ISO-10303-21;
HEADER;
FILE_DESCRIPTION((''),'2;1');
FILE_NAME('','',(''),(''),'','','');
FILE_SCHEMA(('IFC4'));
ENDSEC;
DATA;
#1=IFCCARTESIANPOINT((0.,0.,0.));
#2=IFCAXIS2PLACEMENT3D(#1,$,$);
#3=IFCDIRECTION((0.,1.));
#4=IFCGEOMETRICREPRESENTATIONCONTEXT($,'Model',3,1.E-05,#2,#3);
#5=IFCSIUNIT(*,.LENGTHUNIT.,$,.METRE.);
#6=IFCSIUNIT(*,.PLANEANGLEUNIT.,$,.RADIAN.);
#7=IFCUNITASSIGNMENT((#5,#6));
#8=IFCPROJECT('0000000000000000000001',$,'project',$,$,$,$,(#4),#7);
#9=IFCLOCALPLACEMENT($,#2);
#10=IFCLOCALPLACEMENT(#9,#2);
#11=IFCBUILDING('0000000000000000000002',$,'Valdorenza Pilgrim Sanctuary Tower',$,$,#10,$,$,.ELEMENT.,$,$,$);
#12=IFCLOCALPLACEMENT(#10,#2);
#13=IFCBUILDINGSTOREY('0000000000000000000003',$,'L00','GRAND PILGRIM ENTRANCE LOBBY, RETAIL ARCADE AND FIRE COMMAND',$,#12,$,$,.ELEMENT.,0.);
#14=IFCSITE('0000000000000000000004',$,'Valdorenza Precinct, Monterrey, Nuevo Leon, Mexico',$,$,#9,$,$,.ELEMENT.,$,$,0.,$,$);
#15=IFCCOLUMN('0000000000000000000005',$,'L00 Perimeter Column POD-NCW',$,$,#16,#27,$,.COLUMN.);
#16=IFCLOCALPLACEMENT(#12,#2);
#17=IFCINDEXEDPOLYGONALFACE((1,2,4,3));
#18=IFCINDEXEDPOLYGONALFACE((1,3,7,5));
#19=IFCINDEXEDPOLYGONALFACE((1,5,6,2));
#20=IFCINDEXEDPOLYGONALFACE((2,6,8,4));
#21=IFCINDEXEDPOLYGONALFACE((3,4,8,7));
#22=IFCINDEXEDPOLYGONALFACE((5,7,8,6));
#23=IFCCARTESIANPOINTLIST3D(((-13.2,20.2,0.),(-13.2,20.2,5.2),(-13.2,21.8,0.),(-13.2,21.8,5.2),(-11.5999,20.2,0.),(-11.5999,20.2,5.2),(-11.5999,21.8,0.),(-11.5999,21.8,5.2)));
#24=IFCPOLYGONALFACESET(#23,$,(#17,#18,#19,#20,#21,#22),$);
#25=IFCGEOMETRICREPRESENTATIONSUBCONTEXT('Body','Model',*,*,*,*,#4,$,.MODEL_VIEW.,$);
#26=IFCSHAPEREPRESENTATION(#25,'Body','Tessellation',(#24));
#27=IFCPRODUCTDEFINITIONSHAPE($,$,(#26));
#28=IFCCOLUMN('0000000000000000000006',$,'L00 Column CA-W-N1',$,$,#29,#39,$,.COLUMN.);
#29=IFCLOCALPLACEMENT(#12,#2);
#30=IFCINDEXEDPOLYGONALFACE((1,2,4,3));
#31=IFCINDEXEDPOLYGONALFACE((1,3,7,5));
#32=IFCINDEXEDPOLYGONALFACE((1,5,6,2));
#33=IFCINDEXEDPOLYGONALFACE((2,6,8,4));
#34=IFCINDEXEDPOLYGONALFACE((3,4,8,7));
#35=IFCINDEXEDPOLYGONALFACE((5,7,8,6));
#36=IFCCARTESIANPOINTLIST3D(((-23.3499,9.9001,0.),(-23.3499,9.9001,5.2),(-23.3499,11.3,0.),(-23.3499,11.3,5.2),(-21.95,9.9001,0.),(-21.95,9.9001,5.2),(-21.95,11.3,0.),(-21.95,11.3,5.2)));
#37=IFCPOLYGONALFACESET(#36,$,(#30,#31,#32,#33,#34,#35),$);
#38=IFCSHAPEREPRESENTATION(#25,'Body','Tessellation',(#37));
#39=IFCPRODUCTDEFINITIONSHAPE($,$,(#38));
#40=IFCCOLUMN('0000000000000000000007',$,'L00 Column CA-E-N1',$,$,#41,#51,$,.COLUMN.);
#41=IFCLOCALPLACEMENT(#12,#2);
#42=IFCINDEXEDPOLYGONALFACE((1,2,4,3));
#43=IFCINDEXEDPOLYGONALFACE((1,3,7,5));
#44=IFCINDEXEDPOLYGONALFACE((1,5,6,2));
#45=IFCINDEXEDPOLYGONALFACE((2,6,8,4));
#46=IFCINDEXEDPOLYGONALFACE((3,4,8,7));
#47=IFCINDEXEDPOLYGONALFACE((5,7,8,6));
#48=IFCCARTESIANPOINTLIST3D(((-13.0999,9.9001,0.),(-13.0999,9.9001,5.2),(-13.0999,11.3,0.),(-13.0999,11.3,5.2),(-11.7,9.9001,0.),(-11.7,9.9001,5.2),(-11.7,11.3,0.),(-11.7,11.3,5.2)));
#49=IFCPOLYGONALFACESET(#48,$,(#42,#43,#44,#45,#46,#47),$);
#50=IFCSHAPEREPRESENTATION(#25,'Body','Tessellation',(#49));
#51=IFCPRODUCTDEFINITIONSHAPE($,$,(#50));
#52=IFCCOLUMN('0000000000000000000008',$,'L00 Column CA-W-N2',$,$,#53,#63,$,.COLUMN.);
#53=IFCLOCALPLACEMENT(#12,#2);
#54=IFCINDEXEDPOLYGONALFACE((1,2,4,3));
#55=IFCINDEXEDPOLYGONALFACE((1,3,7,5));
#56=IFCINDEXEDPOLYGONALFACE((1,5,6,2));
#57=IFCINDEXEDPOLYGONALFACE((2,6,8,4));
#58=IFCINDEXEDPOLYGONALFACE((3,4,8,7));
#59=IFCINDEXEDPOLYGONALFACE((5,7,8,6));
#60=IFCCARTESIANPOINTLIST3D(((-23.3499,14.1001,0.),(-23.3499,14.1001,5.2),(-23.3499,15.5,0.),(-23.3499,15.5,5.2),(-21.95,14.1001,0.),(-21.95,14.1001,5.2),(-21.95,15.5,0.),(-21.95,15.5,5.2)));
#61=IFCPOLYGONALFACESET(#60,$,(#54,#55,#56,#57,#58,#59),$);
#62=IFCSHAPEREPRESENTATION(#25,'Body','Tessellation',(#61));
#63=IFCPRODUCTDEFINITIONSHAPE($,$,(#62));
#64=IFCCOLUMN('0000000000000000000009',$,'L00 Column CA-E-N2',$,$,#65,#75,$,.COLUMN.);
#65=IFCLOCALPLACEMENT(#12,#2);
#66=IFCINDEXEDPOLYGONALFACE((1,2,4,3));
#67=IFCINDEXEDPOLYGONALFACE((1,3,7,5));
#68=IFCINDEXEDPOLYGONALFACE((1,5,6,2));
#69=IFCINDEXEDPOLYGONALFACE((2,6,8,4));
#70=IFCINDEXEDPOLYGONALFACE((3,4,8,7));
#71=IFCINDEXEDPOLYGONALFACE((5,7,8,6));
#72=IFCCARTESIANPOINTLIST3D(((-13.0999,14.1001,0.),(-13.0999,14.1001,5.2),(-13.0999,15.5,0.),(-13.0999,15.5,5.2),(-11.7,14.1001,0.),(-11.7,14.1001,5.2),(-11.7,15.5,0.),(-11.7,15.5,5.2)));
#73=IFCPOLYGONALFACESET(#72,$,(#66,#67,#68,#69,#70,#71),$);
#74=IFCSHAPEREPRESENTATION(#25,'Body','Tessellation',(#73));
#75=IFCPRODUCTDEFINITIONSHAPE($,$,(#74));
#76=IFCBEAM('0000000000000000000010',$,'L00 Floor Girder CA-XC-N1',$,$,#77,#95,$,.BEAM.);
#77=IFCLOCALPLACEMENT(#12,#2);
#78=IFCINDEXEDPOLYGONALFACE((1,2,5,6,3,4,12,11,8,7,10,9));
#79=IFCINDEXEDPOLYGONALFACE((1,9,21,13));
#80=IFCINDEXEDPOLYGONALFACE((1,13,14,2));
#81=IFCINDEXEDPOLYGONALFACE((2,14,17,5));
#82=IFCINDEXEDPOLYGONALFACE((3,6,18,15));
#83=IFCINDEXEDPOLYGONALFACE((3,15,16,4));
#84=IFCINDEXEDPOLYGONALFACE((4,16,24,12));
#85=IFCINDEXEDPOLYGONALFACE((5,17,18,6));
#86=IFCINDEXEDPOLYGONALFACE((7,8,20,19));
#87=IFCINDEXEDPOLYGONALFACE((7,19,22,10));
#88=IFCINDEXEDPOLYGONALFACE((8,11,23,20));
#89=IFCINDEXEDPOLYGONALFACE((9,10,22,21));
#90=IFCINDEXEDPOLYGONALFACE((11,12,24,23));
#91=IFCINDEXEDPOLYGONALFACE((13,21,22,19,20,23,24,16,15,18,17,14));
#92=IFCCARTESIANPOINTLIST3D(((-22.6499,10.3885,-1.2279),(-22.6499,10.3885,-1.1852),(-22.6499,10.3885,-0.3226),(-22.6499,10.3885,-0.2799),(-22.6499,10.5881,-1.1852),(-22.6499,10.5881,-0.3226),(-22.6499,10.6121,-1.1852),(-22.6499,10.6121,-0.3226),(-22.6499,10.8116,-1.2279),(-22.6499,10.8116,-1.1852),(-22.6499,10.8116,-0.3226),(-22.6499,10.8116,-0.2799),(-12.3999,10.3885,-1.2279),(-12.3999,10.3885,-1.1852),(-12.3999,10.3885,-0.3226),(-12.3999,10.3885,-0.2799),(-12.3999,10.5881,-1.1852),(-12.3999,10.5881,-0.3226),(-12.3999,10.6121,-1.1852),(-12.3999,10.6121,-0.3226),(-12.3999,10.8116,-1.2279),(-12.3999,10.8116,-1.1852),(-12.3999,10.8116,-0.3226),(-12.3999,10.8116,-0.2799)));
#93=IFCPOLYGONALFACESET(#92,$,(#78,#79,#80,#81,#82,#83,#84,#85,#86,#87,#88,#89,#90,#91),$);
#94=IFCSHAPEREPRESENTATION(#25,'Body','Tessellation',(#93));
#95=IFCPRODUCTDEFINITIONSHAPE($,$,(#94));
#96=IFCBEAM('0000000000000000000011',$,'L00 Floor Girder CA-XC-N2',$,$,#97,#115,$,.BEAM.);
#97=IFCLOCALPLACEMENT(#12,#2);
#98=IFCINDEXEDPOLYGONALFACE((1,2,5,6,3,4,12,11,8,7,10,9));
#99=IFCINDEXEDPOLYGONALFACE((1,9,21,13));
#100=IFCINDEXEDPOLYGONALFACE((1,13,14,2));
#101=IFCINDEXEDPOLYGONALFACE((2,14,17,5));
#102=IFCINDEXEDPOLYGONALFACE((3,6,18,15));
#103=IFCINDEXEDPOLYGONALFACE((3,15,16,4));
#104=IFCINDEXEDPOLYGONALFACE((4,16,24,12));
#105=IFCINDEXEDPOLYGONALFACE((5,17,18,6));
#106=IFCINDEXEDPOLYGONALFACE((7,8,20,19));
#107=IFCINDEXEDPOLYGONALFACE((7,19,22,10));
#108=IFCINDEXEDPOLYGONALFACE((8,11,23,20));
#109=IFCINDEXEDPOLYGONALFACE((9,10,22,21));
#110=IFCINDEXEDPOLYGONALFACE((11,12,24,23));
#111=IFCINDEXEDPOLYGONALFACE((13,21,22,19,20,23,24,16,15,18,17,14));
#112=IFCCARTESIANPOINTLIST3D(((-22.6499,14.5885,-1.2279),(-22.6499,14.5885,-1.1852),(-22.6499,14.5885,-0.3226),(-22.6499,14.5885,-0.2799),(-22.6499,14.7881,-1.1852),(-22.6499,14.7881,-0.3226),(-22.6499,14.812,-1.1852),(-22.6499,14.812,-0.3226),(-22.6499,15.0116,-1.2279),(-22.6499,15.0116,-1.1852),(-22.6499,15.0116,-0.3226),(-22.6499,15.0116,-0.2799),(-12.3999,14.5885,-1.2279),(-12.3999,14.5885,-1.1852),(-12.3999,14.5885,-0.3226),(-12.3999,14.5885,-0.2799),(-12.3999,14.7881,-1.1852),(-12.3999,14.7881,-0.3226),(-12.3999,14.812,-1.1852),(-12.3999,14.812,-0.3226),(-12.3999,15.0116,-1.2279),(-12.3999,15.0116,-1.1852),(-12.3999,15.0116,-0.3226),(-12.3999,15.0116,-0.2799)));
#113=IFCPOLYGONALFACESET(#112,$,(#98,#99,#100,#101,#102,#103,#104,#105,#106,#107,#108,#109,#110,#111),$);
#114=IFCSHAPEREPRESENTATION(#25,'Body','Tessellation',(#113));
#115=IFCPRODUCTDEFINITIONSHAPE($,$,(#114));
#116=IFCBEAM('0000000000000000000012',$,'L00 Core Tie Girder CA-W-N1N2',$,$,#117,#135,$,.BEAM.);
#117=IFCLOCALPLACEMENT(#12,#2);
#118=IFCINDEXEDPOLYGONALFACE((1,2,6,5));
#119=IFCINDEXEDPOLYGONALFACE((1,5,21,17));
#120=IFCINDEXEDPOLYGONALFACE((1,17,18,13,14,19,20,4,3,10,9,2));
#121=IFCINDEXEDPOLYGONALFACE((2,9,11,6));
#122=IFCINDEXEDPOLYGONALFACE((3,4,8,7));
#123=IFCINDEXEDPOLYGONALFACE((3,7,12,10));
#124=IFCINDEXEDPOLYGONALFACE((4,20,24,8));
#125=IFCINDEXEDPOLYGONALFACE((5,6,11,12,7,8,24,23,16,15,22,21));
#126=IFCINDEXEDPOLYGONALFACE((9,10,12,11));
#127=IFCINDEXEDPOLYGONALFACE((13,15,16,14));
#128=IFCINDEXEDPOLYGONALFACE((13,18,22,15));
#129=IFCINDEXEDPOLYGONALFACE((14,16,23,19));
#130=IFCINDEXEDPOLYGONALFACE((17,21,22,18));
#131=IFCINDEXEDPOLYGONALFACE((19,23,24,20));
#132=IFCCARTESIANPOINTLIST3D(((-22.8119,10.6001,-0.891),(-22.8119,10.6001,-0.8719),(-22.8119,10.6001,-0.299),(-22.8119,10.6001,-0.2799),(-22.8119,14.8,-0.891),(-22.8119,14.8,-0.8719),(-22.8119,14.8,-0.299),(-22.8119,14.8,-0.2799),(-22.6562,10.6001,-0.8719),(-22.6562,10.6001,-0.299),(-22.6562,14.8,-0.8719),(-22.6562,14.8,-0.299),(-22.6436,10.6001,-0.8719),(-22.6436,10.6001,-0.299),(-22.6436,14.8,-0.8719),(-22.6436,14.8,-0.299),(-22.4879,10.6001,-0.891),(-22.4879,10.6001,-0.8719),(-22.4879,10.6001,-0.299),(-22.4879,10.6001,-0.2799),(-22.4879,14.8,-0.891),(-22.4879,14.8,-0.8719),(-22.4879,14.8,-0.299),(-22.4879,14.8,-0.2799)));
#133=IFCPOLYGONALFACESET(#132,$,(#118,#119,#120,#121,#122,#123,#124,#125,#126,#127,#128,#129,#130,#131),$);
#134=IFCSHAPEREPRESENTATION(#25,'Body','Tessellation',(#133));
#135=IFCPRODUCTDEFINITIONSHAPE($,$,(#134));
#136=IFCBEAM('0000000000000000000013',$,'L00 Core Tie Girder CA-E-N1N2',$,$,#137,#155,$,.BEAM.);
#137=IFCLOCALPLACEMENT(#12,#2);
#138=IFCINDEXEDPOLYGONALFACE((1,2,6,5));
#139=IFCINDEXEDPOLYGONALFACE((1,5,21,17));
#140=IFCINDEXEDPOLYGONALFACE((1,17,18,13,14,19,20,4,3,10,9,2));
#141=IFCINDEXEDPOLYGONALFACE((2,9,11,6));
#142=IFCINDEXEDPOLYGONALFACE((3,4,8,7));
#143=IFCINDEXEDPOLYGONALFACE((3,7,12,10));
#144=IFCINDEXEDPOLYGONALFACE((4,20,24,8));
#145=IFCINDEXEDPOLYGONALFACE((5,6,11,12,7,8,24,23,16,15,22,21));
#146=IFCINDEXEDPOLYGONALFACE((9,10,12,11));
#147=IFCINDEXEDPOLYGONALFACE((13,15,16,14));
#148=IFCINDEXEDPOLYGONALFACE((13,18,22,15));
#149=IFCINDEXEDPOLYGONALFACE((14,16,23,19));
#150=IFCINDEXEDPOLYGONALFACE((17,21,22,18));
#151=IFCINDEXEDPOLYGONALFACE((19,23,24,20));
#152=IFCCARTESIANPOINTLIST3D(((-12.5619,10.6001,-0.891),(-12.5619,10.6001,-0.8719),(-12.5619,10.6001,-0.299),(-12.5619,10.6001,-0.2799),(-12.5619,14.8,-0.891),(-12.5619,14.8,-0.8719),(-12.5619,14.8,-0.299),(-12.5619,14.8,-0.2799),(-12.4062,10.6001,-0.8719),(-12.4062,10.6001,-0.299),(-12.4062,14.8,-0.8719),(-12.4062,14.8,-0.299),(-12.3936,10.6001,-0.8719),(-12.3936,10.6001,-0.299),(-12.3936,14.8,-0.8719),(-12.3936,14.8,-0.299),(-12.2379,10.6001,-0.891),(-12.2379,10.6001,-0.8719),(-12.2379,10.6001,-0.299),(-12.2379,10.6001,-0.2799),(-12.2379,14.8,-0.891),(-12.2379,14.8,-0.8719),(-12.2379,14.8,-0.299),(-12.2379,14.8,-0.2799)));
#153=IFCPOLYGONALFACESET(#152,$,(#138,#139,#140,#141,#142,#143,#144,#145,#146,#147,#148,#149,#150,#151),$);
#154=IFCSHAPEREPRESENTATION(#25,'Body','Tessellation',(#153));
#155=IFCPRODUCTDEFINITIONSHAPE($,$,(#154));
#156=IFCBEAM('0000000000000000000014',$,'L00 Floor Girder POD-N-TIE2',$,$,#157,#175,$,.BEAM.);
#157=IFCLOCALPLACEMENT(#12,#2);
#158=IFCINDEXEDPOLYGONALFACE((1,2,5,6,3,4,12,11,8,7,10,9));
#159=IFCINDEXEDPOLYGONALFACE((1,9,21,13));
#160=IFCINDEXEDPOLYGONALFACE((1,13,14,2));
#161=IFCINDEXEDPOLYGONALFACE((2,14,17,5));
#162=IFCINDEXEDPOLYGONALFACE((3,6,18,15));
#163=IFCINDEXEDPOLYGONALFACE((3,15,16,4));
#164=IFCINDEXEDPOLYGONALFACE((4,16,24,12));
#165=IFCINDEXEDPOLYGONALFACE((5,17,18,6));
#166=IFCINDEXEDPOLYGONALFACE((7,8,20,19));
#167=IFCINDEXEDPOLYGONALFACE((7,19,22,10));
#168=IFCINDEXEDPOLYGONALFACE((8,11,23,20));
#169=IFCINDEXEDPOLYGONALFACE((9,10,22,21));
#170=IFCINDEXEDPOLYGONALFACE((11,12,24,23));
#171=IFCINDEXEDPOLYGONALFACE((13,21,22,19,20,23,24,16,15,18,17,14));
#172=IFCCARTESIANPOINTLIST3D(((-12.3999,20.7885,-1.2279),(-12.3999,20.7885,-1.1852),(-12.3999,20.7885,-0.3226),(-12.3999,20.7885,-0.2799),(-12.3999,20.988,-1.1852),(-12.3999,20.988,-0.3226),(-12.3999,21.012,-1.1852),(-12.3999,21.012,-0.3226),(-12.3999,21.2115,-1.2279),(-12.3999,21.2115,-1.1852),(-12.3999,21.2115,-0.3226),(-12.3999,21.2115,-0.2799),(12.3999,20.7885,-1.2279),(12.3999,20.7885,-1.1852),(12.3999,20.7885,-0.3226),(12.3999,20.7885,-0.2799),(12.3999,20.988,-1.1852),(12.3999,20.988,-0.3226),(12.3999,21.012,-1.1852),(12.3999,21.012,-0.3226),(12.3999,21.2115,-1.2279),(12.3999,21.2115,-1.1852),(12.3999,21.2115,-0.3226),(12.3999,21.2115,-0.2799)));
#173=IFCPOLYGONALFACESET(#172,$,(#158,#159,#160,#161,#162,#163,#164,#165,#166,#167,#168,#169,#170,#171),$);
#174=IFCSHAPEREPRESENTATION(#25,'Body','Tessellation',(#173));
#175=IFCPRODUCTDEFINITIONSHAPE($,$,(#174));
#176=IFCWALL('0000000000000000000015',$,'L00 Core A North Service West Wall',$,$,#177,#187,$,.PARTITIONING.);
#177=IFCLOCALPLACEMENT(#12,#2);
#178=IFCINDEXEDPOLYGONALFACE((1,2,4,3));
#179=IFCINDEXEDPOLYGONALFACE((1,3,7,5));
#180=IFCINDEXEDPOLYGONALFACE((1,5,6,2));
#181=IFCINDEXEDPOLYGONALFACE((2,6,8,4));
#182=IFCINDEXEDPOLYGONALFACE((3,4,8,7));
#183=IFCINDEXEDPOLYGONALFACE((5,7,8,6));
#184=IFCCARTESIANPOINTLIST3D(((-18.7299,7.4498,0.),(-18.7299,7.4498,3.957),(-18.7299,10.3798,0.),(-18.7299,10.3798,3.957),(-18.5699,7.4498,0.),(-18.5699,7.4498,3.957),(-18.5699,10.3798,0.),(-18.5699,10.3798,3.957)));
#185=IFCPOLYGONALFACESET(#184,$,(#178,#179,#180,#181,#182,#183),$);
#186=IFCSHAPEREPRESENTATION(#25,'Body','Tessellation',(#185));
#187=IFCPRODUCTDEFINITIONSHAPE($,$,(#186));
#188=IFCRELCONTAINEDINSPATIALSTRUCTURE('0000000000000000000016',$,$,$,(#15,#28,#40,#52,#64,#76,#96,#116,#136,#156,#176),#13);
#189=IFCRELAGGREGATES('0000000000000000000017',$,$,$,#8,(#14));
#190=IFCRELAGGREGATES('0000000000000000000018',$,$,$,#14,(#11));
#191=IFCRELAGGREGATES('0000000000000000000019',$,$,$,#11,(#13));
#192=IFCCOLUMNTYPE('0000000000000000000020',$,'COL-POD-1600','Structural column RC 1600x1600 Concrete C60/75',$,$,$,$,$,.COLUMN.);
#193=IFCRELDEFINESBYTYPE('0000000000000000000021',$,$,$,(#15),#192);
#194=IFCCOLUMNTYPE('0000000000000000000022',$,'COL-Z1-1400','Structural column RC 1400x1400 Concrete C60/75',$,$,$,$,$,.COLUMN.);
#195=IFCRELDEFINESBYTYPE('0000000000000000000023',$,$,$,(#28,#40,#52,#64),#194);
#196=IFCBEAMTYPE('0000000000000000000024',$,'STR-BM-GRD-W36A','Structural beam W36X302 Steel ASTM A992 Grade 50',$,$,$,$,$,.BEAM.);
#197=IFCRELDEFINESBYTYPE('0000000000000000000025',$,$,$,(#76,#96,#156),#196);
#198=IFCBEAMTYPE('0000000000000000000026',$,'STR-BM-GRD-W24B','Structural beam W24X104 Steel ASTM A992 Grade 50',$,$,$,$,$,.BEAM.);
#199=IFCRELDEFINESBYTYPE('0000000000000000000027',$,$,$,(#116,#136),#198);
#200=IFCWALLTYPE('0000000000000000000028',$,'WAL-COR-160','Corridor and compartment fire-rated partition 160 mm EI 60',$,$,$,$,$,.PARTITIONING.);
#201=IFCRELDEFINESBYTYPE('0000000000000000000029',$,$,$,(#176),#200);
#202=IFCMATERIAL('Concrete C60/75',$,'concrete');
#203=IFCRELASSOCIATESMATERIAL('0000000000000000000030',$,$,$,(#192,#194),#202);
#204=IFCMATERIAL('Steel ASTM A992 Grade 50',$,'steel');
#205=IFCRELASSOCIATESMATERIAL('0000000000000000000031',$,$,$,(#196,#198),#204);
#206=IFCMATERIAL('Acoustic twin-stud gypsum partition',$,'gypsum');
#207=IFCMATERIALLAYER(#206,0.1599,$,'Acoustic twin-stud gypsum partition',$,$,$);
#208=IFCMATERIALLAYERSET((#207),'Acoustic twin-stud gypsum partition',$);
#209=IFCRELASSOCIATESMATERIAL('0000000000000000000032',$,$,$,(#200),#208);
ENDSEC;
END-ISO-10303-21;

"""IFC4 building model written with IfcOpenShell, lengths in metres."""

from ifc_helpers import new_model, si_unit, direction, frame, frame_2d, origin, origin_2d, place, context, subcontext, project, spatial, rectangle, i_section, extrude, source, transform, mapped, material, layer, layer_set, material_profile, profile_set, type_object, element, save


model = new_model("IFC4")

# Units and contexts
model_context = context("Model", 3, precision=1e-05, world=origin(), true_north=direction((0.0, 1.0)))
body_context = subcontext(model_context, "Body", "Model", "MODEL_VIEW")
ifc_project = project(units=[si_unit("LENGTHUNIT", "METRE"), si_unit("PLANEANGLEUNIT", "RADIAN")], contexts=[model_context])

# Site, building, storey
site_placement = place(None, origin())
site = spatial("IfcSite", under=ifc_project, at=site_placement, Name="Valdorenza Precinct, Monterrey, Nuevo Leon, Mexico", CompositionType="ELEMENT", RefElevation=0.0)
building_placement = place(site_placement, origin())
building = spatial("IfcBuilding", under=site, at=building_placement, Name="Valdorenza Pilgrim Sanctuary Tower", CompositionType="ELEMENT")
storey_placement = place(building_placement, origin())
storey = spatial("IfcBuildingStorey", under=building, at=storey_placement, Name="L00", Description="GRAND PILGRIM ENTRANCE LOBBY, RETAIL ARCADE AND FIRE COMMAND", CompositionType="ELEMENT", Elevation=0.0)

# Columns
ifc_material_1 = material(Name="Concrete C60/75", Category="concrete")
ifc_material_profile_1 = material_profile(ifc_material_1, rectangle(XDim=1.6001, YDim=1.6001, at=origin_2d()), Name="RC 1600x1600")
ifc_profile_set_1 = profile_set([ifc_material_profile_1], Name="Concrete C60/75")
column_type_1 = type_object("IfcColumnType", Name="COL-POD-1600", Description="Structural column RC 1600x1600 Concrete C60/75", PredefinedType="COLUMN", material=ifc_profile_set_1)
shared_shape_1 = source(origin(), body_context, "Body", "SweptSolid", [
    extrude(rectangle(XDim=1.6001, YDim=1.6001, at=origin_2d()), origin(), (0.0, 0.0, 1.0), 5.2),
])
column_placement = place(storey_placement, frame((-12.3999, 21.0, 0.0), z_axis=(0.0, 0.0, 1.0), x_axis=(1.0, 0.0, 0.0)))
element("IfcColumn", 1, at=column_placement, inside=storey, type_object=column_type_1, Name="L00 Perimeter Column POD-NCW", PredefinedType="COLUMN", context=body_context, shape_type="MappedRepresentation", body=[
    mapped(shared_shape_1, transform((0.0, 0.0, 0.0), x_axis=(1.0, 0.0, 0.0), y_axis=(0.0, 1.0, 0.0), z_axis=(0.0, 0.0, 1.0), scale=1.0)),
])
ifc_material_profile_2 = material_profile(ifc_material_1, rectangle(XDim=1.3999, YDim=1.3999, at=origin_2d()), Name="RC 1400x1400")
ifc_profile_set_2 = profile_set([ifc_material_profile_2], Name="Concrete C60/75")
column_type_2 = type_object("IfcColumnType", Name="COL-Z1-1400", Description="Structural column RC 1400x1400 Concrete C60/75", PredefinedType="COLUMN", material=ifc_profile_set_2)
shared_shape_2 = source(origin(), body_context, "Body", "SweptSolid", [
    extrude(rectangle(XDim=1.3999, YDim=1.3999, at=origin_2d()), origin(), (0.0, 0.0, 1.0), 5.2),
])
for number, where, z_axis, x_axis, name in (
    (2, (-22.6499, 10.6001, 0.0), (0.0, 0.0, 1.0), (1.0, 0.0, 0.0), "L00 Column CA-W-N1"),
    (3, (-12.3999, 10.6001, 0.0), (0.0, 0.0, 1.0), (1.0, 0.0, 0.0), "L00 Column CA-E-N1"),
    (4, (-22.6499, 14.8, 0.0), (0.0, 0.0, 1.0), (1.0, 0.0, 0.0), "L00 Column CA-W-N2"),
    (5, (-12.3999, 14.8, 0.0), (0.0, 0.0, 1.0), (1.0, 0.0, 0.0), "L00 Column CA-E-N2"),
):
    element("IfcColumn", number, at=place(storey_placement, frame(where, z_axis=z_axis, x_axis=x_axis)), inside=storey, type_object=column_type_2, Name=name, PredefinedType="COLUMN", context=body_context, shape_type="MappedRepresentation", body=[
        mapped(shared_shape_2, transform((0.0, 0.0, 0.0), x_axis=(1.0, 0.0, 0.0), y_axis=(0.0, 1.0, 0.0), z_axis=(0.0, 0.0, 1.0), scale=1.0)),
    ])

# Beams
ifc_material_2 = material(Name="Steel ASTM A992 Grade 50", Category="steel")
ifc_material_profile_3 = material_profile(ifc_material_2, i_section(OverallWidth=0.4231, OverallDepth=0.948, WebThickness=0.0239, FlangeThickness=0.0427, at=origin_2d()), Name="W36X302")
ifc_profile_set_3 = profile_set([ifc_material_profile_3], Name="Steel ASTM A992 Grade 50")
beam_type_1 = type_object("IfcBeamType", Name="STR-BM-GRD-W36A", Description="Structural beam W36X302 Steel ASTM A992 Grade 50", PredefinedType="BEAM", material=ifc_profile_set_3)
shared_shape_3 = source(origin(), body_context, "Body", "SweptSolid", [
    extrude(i_section(OverallWidth=0.4231, OverallDepth=0.948, WebThickness=0.0239, FlangeThickness=0.0427, at=origin_2d()), origin(), (0.0, 0.0, 1.0), 10.25),
])
for number, where, z_axis, x_axis, name in (
    (6, (-22.6499, 10.6001, -0.7539), (1.0, 0.0, 0.0), (0.0, 1.0, 0.0), "L00 Floor Girder CA-XC-N1"),
    (7, (-22.6499, 14.8, -0.7539), (1.0, 0.0, 0.0), (0.0, 1.0, 0.0), "L00 Floor Girder CA-XC-N2"),
):
    element("IfcBeam", number, at=place(storey_placement, frame(where, z_axis=z_axis, x_axis=x_axis)), inside=storey, type_object=beam_type_1, Name=name, PredefinedType="BEAM", context=body_context, shape_type="MappedRepresentation", body=[
        mapped(shared_shape_3, transform((0.0, 0.0, 0.0), x_axis=(1.0, 0.0, 0.0), y_axis=(0.0, 1.0, 0.0), z_axis=(0.0, 0.0, 1.0), scale=1.0)),
    ])
ifc_material_profile_4 = material_profile(ifc_material_2, i_section(OverallWidth=0.324, OverallDepth=0.6111, WebThickness=0.0127, FlangeThickness=0.019, at=origin_2d()), Name="W24X104")
ifc_profile_set_4 = profile_set([ifc_material_profile_4], Name="Steel ASTM A992 Grade 50")
beam_type_2 = type_object("IfcBeamType", Name="STR-BM-GRD-W24B", Description="Structural beam W24X104 Steel ASTM A992 Grade 50", PredefinedType="BEAM", material=ifc_profile_set_4)
shared_shape_4 = source(origin(), body_context, "Body", "SweptSolid", [
    extrude(i_section(OverallWidth=0.324, OverallDepth=0.6111, WebThickness=0.0127, FlangeThickness=0.019, at=origin_2d()), origin(), (0.0, 0.0, 1.0), 4.2),
])
for number, where, z_axis, x_axis, name in (
    (8, (-22.6499, 10.6001, -0.5854), (0.0, 1.0, 0.0), (-1.0, 0.0, 0.0), "L00 Core Tie Girder CA-W-N1N2"),
    (9, (-12.3999, 10.6001, -0.5854), (0.0, 1.0, 0.0), (-1.0, 0.0, 0.0), "L00 Core Tie Girder CA-E-N1N2"),
):
    element("IfcBeam", number, at=place(storey_placement, frame(where, z_axis=z_axis, x_axis=x_axis)), inside=storey, type_object=beam_type_2, Name=name, PredefinedType="BEAM", context=body_context, shape_type="MappedRepresentation", body=[
        mapped(shared_shape_4, transform((0.0, 0.0, 0.0), x_axis=(1.0, 0.0, 0.0), y_axis=(0.0, 1.0, 0.0), z_axis=(0.0, 0.0, 1.0), scale=1.0)),
    ])
shared_shape_5 = source(origin(), body_context, "Body", "SweptSolid", [
    extrude(i_section(OverallWidth=0.4231, OverallDepth=0.948, WebThickness=0.0239, FlangeThickness=0.0427, at=origin_2d()), origin(), (0.0, 0.0, 1.0), 24.7998),
])
beam_placement = place(storey_placement, frame((-12.3999, 21.0, -0.7539), z_axis=(1.0, 0.0, 0.0), x_axis=(0.0, 1.0, 0.0)))
element("IfcBeam", 10, at=beam_placement, inside=storey, type_object=beam_type_1, Name="L00 Floor Girder POD-N-TIE2", PredefinedType="BEAM", context=body_context, shape_type="MappedRepresentation", body=[
    mapped(shared_shape_5, transform((0.0, 0.0, 0.0), x_axis=(1.0, 0.0, 0.0), y_axis=(0.0, 1.0, 0.0), z_axis=(0.0, 0.0, 1.0), scale=1.0)),
])

# Wall
ifc_material_3 = material(Name="Acoustic twin-stud gypsum partition", Category="gypsum")
ifc_layer_1 = layer(ifc_material_3, 0.1599, Name="Acoustic twin-stud gypsum partition")
ifc_layer_set_1 = layer_set([ifc_layer_1], Name="Acoustic twin-stud gypsum partition")
wall_type_1 = type_object("IfcWallType", Name="WAL-COR-160", Description="Corridor and compartment fire-rated partition 160 mm EI 60", PredefinedType="PARTITIONING", material=ifc_layer_set_1)
wall_1_placement = place(storey_placement, frame((-18.6499, 7.45, 0.0), z_axis=(0.0, 0.0, 1.0), x_axis=(0.0, 1.0, 0.0)))
element("IfcWall", 11, at=wall_1_placement, inside=storey, type_object=wall_type_1, Name="L00 Core A North Service West Wall", PredefinedType="PARTITIONING", context=body_context, shape_type="SweptSolid", body=[
    extrude(rectangle(XDim=2.9299, YDim=0.1599, at=frame_2d((1.4648, 0.0))), origin(), (0.0, 0.0, 1.0), 3.957),
])

save(model, "model.ifc")
